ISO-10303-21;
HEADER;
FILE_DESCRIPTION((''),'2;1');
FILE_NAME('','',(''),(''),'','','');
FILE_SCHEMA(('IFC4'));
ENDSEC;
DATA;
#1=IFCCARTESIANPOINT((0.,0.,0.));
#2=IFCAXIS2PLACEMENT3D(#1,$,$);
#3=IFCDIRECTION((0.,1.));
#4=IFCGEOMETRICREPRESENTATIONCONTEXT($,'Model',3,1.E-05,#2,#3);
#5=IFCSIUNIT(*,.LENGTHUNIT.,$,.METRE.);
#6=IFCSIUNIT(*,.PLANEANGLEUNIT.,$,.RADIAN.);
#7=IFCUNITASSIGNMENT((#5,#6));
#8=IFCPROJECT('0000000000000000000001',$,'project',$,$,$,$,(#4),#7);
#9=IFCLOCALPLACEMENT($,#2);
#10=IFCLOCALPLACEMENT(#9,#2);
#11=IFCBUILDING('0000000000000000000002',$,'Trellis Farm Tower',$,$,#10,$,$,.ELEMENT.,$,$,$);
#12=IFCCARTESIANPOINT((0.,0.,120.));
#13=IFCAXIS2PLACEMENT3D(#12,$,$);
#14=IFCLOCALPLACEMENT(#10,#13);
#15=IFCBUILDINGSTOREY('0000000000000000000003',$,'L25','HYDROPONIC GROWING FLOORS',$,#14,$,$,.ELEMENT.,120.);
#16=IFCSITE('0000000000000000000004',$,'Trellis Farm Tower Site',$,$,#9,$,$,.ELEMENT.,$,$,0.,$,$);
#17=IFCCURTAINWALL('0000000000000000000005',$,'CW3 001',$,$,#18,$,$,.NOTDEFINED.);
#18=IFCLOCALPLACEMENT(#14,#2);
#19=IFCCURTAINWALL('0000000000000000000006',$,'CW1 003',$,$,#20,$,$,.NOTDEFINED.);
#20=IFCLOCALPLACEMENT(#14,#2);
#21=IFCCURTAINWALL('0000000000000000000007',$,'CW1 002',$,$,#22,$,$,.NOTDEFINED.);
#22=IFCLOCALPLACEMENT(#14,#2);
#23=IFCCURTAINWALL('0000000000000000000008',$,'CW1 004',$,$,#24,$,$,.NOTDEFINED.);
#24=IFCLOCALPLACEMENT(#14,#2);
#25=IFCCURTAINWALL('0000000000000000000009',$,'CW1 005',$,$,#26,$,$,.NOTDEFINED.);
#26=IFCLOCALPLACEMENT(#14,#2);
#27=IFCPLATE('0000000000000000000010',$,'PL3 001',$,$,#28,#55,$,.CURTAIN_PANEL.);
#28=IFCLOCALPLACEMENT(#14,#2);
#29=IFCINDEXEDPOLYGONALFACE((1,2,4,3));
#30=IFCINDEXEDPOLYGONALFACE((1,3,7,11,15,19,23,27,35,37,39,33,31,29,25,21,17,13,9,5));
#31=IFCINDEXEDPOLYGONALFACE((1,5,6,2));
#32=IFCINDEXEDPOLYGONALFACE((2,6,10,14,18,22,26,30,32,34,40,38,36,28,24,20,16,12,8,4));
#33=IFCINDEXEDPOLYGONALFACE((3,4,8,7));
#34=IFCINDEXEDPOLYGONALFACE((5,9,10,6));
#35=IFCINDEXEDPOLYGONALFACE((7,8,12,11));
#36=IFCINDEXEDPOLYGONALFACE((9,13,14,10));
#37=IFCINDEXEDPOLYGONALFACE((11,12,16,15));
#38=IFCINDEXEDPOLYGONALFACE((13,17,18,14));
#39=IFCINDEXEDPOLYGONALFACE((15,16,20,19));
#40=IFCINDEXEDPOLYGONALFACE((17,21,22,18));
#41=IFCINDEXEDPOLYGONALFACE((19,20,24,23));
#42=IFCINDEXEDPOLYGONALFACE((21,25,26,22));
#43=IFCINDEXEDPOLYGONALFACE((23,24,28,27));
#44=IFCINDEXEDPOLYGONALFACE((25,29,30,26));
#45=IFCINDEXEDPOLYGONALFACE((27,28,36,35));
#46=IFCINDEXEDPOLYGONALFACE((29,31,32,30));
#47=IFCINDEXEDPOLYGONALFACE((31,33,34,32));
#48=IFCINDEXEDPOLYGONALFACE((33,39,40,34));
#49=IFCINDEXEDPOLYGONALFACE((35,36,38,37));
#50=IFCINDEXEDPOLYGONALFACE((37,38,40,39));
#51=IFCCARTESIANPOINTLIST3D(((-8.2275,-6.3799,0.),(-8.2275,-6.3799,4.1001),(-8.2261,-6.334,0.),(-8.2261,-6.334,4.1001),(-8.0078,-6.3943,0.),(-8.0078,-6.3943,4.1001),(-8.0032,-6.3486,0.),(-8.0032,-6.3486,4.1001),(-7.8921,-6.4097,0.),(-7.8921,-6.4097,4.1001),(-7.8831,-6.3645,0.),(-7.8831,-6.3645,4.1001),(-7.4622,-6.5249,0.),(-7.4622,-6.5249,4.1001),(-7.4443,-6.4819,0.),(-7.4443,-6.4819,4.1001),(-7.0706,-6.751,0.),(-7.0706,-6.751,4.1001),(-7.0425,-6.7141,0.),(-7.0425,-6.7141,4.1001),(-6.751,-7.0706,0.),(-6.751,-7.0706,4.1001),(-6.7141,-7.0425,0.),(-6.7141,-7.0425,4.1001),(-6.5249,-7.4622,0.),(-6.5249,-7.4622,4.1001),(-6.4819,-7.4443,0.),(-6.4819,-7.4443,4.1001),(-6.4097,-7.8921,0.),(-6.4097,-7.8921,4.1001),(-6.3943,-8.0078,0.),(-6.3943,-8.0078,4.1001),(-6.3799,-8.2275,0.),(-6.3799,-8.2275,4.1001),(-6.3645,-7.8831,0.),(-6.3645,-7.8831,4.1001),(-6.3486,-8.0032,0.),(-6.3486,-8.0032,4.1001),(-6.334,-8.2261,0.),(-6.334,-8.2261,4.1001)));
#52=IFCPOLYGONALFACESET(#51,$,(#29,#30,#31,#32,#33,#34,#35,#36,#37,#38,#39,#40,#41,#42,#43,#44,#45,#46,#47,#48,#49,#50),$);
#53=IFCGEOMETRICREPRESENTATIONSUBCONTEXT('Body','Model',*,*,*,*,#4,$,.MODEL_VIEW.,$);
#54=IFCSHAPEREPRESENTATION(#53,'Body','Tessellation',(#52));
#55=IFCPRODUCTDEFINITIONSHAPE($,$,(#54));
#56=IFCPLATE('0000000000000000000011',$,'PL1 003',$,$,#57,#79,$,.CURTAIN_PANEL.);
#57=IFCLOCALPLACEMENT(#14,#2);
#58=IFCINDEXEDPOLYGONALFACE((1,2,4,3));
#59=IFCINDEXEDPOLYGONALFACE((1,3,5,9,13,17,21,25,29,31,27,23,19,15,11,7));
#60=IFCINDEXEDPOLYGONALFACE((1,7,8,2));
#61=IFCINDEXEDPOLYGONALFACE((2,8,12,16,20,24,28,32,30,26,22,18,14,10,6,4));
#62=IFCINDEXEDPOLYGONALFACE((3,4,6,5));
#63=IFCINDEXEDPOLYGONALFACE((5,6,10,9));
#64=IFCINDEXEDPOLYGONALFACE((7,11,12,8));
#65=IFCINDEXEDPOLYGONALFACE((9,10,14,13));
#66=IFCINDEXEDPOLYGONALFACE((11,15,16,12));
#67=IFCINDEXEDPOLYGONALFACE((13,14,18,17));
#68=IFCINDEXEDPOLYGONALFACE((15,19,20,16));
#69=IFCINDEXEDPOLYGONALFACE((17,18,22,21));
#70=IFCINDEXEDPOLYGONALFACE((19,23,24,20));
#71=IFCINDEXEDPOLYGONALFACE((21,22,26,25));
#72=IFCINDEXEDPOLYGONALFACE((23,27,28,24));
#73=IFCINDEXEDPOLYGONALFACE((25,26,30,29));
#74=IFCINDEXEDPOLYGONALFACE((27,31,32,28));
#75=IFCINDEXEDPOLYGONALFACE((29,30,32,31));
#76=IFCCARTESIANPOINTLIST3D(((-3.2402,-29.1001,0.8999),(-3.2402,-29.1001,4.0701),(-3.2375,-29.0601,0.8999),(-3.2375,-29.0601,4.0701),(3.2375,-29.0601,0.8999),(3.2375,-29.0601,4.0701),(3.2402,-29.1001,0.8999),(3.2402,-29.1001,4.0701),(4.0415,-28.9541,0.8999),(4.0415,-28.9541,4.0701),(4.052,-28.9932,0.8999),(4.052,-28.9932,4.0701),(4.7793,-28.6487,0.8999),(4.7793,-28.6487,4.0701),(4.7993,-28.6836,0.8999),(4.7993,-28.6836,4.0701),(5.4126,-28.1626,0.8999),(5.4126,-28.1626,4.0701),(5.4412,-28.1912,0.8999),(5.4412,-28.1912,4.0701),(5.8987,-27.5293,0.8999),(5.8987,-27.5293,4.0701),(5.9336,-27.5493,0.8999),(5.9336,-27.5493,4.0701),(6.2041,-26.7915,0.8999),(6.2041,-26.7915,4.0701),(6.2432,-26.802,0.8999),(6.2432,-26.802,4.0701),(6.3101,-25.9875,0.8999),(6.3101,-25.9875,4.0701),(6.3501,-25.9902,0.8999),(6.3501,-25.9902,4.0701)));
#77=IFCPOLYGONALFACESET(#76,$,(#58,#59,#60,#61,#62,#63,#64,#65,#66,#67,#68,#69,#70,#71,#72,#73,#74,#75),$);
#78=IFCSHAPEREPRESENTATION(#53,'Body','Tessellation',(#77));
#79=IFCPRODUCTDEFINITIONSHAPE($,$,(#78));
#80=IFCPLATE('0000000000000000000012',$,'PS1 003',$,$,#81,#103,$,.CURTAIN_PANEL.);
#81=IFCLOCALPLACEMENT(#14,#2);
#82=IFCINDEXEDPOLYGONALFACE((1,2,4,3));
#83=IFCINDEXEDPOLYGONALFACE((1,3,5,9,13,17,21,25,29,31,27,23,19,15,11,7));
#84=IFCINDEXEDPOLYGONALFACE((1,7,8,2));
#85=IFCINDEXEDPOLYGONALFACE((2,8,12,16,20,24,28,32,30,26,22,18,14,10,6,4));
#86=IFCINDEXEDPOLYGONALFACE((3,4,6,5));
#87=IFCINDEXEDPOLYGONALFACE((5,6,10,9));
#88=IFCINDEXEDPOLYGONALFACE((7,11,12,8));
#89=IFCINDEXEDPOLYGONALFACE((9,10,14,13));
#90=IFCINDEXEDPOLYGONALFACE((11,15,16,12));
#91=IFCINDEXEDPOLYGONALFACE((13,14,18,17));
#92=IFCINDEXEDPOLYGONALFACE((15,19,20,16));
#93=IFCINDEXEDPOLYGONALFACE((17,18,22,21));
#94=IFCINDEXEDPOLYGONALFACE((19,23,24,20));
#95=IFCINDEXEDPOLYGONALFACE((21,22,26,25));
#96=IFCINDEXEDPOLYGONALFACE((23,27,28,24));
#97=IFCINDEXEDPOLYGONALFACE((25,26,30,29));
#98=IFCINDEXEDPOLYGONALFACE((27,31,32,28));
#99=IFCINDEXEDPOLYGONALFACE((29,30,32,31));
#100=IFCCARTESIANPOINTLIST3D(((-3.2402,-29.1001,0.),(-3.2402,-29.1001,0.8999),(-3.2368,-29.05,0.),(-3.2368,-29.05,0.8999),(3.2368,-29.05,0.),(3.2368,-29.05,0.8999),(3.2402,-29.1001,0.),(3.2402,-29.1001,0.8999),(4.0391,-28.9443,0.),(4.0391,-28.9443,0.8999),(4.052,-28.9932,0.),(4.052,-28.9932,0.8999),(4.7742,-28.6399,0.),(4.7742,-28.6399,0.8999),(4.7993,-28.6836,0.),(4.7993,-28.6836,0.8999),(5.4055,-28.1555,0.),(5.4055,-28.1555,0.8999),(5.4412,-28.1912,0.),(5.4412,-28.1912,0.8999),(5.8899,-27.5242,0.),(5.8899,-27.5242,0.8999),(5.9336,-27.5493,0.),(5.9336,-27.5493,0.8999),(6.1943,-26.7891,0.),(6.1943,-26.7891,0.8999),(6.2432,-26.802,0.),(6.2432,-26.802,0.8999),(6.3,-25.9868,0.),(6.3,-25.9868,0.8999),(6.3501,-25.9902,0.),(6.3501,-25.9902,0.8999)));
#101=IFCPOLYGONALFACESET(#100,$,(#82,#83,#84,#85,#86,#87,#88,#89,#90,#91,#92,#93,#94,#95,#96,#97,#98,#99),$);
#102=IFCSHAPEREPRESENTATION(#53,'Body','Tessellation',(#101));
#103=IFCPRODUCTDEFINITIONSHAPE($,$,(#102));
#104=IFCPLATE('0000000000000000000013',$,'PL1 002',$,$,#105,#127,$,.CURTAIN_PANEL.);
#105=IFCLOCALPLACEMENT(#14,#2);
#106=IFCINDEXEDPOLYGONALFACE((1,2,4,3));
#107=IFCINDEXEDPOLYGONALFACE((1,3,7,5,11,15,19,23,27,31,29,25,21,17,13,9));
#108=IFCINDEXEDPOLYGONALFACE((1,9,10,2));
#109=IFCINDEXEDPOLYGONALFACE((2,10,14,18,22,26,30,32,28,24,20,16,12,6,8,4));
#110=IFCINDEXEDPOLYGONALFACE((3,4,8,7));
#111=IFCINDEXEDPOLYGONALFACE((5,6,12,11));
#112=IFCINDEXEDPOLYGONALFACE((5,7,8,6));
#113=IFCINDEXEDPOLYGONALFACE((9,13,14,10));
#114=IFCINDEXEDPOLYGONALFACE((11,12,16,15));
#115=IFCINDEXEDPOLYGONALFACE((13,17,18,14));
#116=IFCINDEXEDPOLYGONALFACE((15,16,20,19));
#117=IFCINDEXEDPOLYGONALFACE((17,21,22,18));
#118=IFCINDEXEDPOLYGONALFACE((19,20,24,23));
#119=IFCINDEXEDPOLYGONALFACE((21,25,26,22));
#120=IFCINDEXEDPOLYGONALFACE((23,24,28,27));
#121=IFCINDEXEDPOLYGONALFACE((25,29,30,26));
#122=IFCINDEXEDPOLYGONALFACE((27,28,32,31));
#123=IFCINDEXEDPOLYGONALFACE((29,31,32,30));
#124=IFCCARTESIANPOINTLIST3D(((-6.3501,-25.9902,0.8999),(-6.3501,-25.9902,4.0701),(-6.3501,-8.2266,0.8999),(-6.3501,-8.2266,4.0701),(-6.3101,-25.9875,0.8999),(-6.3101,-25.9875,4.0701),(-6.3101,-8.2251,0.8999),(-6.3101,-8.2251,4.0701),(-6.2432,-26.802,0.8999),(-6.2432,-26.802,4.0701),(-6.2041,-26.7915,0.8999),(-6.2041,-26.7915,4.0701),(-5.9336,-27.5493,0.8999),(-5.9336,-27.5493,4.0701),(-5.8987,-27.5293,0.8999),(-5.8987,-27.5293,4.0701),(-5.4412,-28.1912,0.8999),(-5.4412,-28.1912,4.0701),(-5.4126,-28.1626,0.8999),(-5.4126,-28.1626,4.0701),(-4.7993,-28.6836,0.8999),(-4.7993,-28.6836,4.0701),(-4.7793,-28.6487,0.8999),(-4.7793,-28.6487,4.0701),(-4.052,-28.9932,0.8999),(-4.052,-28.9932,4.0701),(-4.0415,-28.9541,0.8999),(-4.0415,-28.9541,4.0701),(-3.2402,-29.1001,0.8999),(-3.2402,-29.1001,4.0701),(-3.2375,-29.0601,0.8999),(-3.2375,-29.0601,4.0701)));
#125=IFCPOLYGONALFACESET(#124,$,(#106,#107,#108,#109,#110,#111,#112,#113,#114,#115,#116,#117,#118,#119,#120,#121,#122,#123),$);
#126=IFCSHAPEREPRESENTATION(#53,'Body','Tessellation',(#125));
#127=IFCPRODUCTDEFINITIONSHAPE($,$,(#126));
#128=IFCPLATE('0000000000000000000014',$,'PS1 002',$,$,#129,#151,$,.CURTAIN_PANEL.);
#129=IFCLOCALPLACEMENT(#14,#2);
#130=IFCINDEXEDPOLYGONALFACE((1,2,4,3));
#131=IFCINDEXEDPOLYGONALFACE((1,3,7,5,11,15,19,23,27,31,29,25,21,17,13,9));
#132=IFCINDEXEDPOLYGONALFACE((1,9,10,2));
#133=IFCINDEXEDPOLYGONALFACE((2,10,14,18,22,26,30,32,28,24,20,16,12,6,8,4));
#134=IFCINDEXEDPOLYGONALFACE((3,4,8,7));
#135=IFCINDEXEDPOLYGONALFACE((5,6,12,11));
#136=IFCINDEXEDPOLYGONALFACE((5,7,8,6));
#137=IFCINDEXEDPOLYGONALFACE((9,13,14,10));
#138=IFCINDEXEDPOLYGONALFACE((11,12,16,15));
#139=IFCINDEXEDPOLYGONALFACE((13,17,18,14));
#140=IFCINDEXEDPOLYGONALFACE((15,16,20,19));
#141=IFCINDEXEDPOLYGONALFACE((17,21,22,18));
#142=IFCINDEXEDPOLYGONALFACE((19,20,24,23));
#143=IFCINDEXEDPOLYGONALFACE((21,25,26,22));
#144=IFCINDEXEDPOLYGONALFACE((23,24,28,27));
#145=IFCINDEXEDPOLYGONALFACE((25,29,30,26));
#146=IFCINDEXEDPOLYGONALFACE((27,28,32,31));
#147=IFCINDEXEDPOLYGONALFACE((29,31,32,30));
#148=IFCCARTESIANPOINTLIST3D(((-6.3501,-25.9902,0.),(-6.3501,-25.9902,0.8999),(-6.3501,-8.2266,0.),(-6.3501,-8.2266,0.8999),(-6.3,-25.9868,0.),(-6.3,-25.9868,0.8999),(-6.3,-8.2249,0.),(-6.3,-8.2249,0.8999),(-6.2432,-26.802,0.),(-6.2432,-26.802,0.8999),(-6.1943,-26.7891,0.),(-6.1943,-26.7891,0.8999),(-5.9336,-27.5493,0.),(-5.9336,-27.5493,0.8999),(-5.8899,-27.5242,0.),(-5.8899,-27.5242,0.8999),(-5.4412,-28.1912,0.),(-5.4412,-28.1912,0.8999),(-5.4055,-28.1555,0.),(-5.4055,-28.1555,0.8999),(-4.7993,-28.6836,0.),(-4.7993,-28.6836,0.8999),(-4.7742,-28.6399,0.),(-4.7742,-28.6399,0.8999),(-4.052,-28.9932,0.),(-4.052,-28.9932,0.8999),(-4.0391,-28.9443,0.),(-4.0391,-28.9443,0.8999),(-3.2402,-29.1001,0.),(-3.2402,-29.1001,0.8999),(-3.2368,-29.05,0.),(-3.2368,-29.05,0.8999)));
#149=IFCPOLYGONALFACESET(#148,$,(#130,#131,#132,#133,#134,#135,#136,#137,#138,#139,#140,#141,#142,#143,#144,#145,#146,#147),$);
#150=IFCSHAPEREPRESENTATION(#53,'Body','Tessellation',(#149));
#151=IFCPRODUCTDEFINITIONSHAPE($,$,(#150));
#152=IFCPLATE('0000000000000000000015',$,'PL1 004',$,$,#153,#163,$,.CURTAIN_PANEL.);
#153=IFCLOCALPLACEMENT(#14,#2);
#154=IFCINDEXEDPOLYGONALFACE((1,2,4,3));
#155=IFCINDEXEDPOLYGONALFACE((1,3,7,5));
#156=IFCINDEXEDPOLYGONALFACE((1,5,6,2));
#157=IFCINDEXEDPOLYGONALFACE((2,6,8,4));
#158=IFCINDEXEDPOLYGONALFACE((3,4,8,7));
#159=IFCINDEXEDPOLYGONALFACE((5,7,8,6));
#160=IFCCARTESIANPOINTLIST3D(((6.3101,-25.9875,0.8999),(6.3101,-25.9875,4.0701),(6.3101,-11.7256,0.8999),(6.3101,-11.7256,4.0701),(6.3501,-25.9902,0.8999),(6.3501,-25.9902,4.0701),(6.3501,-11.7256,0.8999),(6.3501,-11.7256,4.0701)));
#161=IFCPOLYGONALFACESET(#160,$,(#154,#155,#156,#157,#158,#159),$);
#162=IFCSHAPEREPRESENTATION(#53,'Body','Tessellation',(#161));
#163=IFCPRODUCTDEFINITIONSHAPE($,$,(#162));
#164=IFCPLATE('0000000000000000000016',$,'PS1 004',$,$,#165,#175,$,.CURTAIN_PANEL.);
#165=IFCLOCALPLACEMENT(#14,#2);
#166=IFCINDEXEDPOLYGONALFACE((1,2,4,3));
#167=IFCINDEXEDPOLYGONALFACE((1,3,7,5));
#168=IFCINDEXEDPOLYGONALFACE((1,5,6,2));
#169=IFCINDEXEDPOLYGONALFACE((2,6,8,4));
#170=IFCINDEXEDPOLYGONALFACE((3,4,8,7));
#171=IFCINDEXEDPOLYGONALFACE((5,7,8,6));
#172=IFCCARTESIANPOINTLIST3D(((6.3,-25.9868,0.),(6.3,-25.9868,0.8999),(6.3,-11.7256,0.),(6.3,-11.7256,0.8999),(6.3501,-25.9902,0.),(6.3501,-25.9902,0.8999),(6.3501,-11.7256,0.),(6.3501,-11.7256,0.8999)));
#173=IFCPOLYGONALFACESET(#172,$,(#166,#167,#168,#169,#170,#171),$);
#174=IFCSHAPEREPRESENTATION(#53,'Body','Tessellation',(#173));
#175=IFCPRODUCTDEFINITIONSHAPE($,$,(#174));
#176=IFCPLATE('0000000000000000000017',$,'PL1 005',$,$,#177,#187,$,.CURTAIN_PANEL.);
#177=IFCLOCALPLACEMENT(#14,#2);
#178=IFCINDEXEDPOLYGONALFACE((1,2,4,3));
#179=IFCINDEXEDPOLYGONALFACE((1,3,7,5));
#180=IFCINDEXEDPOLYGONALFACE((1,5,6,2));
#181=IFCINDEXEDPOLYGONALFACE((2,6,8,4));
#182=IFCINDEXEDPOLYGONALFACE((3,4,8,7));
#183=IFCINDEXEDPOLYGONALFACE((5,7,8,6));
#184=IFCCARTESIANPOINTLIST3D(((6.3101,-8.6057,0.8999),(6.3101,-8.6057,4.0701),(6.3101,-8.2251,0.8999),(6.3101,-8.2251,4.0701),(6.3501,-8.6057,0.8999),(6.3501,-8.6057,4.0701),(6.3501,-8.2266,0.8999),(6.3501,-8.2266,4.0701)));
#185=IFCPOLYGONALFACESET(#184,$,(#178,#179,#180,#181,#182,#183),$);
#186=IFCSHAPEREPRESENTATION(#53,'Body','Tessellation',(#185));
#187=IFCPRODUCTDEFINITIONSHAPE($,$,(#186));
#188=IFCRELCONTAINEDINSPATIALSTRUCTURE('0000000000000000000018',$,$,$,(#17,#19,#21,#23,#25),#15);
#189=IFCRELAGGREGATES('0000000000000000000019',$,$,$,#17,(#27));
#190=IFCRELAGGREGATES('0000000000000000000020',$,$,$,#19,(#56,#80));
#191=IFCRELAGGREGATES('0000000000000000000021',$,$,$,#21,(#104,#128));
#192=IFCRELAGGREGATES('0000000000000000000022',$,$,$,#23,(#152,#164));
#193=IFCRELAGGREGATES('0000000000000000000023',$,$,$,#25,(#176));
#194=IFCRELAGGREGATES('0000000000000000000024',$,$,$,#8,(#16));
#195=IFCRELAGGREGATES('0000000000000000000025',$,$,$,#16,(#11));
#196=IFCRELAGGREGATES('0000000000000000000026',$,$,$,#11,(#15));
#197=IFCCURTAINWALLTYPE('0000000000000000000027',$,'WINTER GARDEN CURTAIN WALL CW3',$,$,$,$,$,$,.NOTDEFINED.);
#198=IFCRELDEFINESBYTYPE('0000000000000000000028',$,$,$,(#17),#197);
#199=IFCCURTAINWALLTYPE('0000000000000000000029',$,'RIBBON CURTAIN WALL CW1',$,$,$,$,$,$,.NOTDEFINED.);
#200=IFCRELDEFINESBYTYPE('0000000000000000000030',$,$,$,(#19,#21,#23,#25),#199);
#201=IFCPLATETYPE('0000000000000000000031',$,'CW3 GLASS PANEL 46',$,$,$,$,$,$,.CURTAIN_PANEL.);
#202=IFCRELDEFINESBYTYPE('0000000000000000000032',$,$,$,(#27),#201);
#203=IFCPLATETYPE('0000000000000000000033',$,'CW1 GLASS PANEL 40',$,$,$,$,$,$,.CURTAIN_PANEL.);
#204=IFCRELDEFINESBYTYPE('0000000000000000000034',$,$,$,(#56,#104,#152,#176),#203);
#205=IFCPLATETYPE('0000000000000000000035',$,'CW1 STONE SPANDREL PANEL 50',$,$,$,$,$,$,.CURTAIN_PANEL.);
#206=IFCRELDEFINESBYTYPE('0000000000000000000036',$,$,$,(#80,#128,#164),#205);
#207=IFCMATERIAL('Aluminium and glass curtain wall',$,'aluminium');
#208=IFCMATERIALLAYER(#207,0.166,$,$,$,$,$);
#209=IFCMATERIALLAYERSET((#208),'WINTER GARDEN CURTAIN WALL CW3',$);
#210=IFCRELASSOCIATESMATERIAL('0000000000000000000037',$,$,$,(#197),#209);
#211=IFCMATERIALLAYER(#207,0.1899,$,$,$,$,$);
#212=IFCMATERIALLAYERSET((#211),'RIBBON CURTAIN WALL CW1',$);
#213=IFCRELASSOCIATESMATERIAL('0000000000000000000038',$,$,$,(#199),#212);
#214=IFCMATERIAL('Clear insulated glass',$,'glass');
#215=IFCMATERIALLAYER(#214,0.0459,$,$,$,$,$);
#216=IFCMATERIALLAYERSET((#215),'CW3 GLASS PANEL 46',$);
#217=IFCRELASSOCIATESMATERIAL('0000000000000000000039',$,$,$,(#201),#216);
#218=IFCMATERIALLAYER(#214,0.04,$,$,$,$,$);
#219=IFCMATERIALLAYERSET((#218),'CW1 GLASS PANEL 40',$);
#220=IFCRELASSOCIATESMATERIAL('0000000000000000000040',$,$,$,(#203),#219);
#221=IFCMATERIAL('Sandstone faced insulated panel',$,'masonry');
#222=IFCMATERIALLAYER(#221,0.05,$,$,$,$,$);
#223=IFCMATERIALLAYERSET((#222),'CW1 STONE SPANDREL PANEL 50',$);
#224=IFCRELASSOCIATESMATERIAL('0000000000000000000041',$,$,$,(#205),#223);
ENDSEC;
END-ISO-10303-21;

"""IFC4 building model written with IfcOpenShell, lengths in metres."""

from ifc_helpers import new_model, si_unit, direction, frame, origin, place, context, subcontext, project, spatial, polyline, outline, extrude, source, transform, mapped, material, layer, layer_set, type_object, element, aggregate, save


model = new_model("IFC4")

# Units and contexts
model_context = context("Model", 3, precision=1e-05, world=origin(), true_north=direction((0.0, 1.0)))
body_context = subcontext(model_context, "Body", "Model", "MODEL_VIEW")
ifc_project = project(units=[si_unit("LENGTHUNIT", "METRE"), si_unit("PLANEANGLEUNIT", "RADIAN")], contexts=[model_context])

# Site, building, storey
site_placement = place(None, origin())
site = spatial("IfcSite", under=ifc_project, at=site_placement, Name="Trellis Farm Tower Site", CompositionType="ELEMENT", RefElevation=0.0)
building_placement = place(site_placement, origin())
building = spatial("IfcBuilding", under=site, at=building_placement, Name="Trellis Farm Tower", CompositionType="ELEMENT")
storey_placement = place(building_placement, frame((0.0, 0.0, 120.0)))
storey = spatial("IfcBuildingStorey", under=building, at=storey_placement, Name="L25", Description="HYDROPONIC GROWING FLOORS", CompositionType="ELEMENT", Elevation=120.0)

# Curtain walls
ifc_material_1 = material(Name="Aluminium and glass curtain wall", Category="aluminium")
ifc_layer_1 = layer(ifc_material_1, 0.166)
ifc_layer_set_1 = layer_set([ifc_layer_1], Name="WINTER GARDEN CURTAIN WALL CW3")
curtain_wall_type_1 = type_object("IfcCurtainWallType", Name="WINTER GARDEN CURTAIN WALL CW3", PredefinedType="NOTDEFINED", material=ifc_layer_set_1)
placement_1 = place(storey_placement, origin())
curtain_wall_1 = element("IfcCurtainWall", 1, at=placement_1, inside=storey, type_object=curtain_wall_type_1, Name="CW3 001", PredefinedType="NOTDEFINED")
ifc_layer_2 = layer(ifc_material_1, 0.1899)
ifc_layer_set_2 = layer_set([ifc_layer_2], Name="RIBBON CURTAIN WALL CW1")
curtain_wall_type_2 = type_object("IfcCurtainWallType", Name="RIBBON CURTAIN WALL CW1", PredefinedType="NOTDEFINED", material=ifc_layer_set_2)
curtain_wall_2 = element("IfcCurtainWall", 2, at=placement_1, inside=storey, type_object=curtain_wall_type_2, Name="CW1 003", PredefinedType="NOTDEFINED")
curtain_wall_3 = element("IfcCurtainWall", 3, at=placement_1, inside=storey, type_object=curtain_wall_type_2, Name="CW1 002", PredefinedType="NOTDEFINED")
curtain_wall_4 = element("IfcCurtainWall", 4, at=placement_1, inside=storey, type_object=curtain_wall_type_2, Name="CW1 004", PredefinedType="NOTDEFINED")
curtain_wall_5 = element("IfcCurtainWall", 5, at=placement_1, inside=storey, type_object=curtain_wall_type_2, Name="CW1 005", PredefinedType="NOTDEFINED")

# Plates
ifc_material_2 = material(Name="Clear insulated glass", Category="glass")
ifc_layer_3 = layer(ifc_material_2, 0.0459)
ifc_layer_set_3 = layer_set([ifc_layer_3], Name="CW3 GLASS PANEL 46")
plate_type_1 = type_object("IfcPlateType", Name="CW3 GLASS PANEL 46", PredefinedType="CURTAIN_PANEL", material=ifc_layer_set_3)
shared_shape_1 = source(origin(), body_context, "Body", "SweptSolid", [
    extrude(outline(polyline([(-8.2275, -6.3799), (-8.0078, -6.3943), (-7.8921, -6.4097), (-7.4622, -6.5249), (-7.0706, -6.751), (-6.751, -7.0706), (-6.5249, -7.4622), (-6.4097, -7.8921), (-6.3943, -8.0078), (-6.3799, -8.2275), (-6.334, -8.2261), (-6.3486, -8.0032), (-6.3645, -7.8831), (-6.4819, -7.4443), (-6.7141, -7.0425), (-7.0425, -6.7141), (-7.4443, -6.4819), (-7.8831, -6.3645), (-8.0032, -6.3486), (-8.2261, -6.334), (-8.2275, -6.3799)])), origin(), (0.0, 0.0, 1.0), 4.1001),
])
plate_1 = element("IfcPlate", 6, at=placement_1, type_object=plate_type_1, Name="PL3 001", PredefinedType="CURTAIN_PANEL", context=body_context, shape_type="MappedRepresentation", body=[
    mapped(shared_shape_1, transform((0.0, 0.0, 0.0))),
])
aggregate(curtain_wall_1, [plate_1])
ifc_layer_4 = layer(ifc_material_2, 0.04)
ifc_layer_set_4 = layer_set([ifc_layer_4], Name="CW1 GLASS PANEL 40")
plate_type_2 = type_object("IfcPlateType", Name="CW1 GLASS PANEL 40", PredefinedType="CURTAIN_PANEL", material=ifc_layer_set_4)
shared_shape_2 = source(origin(), body_context, "Body", "SweptSolid", [
    extrude(outline(polyline([(-3.2402, -29.1001), (3.2402, -29.1001), (4.052, -28.9932), (4.7993, -28.6836), (5.4412, -28.1912), (5.9336, -27.5493), (6.2432, -26.802), (6.3501, -25.9902), (6.3101, -25.9875), (6.2041, -26.7915), (5.8987, -27.5293), (5.4126, -28.1626), (4.7793, -28.6487), (4.0415, -28.9541), (3.2375, -29.0601), (-3.2375, -29.0601), (-3.2402, -29.1001)])), origin(), (0.0, 0.0, 1.0), 3.1702),
])
placement_2 = place(storey_placement, frame((0.0, 0.0, 0.8999)))
plate_2 = element("IfcPlate", 7, at=placement_2, type_object=plate_type_2, Name="PL1 003", PredefinedType="CURTAIN_PANEL", context=body_context, shape_type="MappedRepresentation", body=[
    mapped(shared_shape_2, transform((0.0, 0.0, 0.0))),
])
ifc_material_3 = material(Name="Sandstone faced insulated panel", Category="masonry")
ifc_layer_5 = layer(ifc_material_3, 0.05)
ifc_layer_set_5 = layer_set([ifc_layer_5], Name="CW1 STONE SPANDREL PANEL 50")
plate_type_3 = type_object("IfcPlateType", Name="CW1 STONE SPANDREL PANEL 50", PredefinedType="CURTAIN_PANEL", material=ifc_layer_set_5)
shared_shape_3 = source(origin(), body_context, "Body", "SweptSolid", [
    extrude(outline(polyline([(-3.2402, -29.1001), (3.2402, -29.1001), (4.052, -28.9932), (4.7993, -28.6836), (5.4412, -28.1912), (5.9336, -27.5493), (6.2432, -26.802), (6.3501, -25.9902), (6.3, -25.9868), (6.1943, -26.7891), (5.8899, -27.5242), (5.4055, -28.1555), (4.7742, -28.6399), (4.0391, -28.9443), (3.2368, -29.05), (-3.2368, -29.05), (-3.2402, -29.1001)])), origin(), (0.0, 0.0, 1.0), 0.8999),
])
plate_3 = element("IfcPlate", 8, at=placement_1, type_object=plate_type_3, Name="PS1 003", PredefinedType="CURTAIN_PANEL", context=body_context, shape_type="MappedRepresentation", body=[
    mapped(shared_shape_3, transform((0.0, 0.0, 0.0))),
])
aggregate(curtain_wall_2, [plate_2, plate_3])
shared_shape_4 = source(origin(), body_context, "Body", "SweptSolid", [
    extrude(outline(polyline([(-6.3501, -8.2266), (-6.3501, -25.9902), (-6.2432, -26.802), (-5.9336, -27.5493), (-5.4412, -28.1912), (-4.7993, -28.6836), (-4.052, -28.9932), (-3.2402, -29.1001), (-3.2375, -29.0601), (-4.0415, -28.9541), (-4.7793, -28.6487), (-5.4126, -28.1626), (-5.8987, -27.5293), (-6.2041, -26.7915), (-6.3101, -25.9875), (-6.3101, -8.2251), (-6.3501, -8.2266)])), origin(), (0.0, 0.0, 1.0), 3.1702),
])
plate_4 = element("IfcPlate", 9, at=placement_2, type_object=plate_type_2, Name="PL1 002", PredefinedType="CURTAIN_PANEL", context=body_context, shape_type="MappedRepresentation", body=[
    mapped(shared_shape_4, transform((0.0, 0.0, 0.0))),
])
shared_shape_5 = source(origin(), body_context, "Body", "SweptSolid", [
    extrude(outline(polyline([(-6.3501, -8.2266), (-6.3501, -25.9902), (-6.2432, -26.802), (-5.9336, -27.5493), (-5.4412, -28.1912), (-4.7993, -28.6836), (-4.052, -28.9932), (-3.2402, -29.1001), (-3.2368, -29.05), (-4.0391, -28.9443), (-4.7742, -28.6399), (-5.4055, -28.1555), (-5.8899, -27.5242), (-6.1943, -26.7891), (-6.3, -25.9868), (-6.3, -8.2249), (-6.3501, -8.2266)])), origin(), (0.0, 0.0, 1.0), 0.8999),
])
plate_5 = element("IfcPlate", 10, at=placement_1, type_object=plate_type_3, Name="PS1 002", PredefinedType="CURTAIN_PANEL", context=body_context, shape_type="MappedRepresentation", body=[
    mapped(shared_shape_5, transform((0.0, 0.0, 0.0))),
])
aggregate(curtain_wall_3, [plate_4, plate_5])
shared_shape_6 = source(origin(), body_context, "Body", "SweptSolid", [
    extrude(outline(polyline([(6.3501, -25.9902), (6.3501, -11.7256), (6.3101, -11.7256), (6.3101, -25.9875), (6.3501, -25.9902)])), origin(), (0.0, 0.0, 1.0), 3.1702),
])
plate_6 = element("IfcPlate", 11, at=placement_2, type_object=plate_type_2, Name="PL1 004", PredefinedType="CURTAIN_PANEL", context=body_context, shape_type="MappedRepresentation", body=[
    mapped(shared_shape_6, transform((0.0, 0.0, 0.0))),
])
shared_shape_7 = source(origin(), body_context, "Body", "SweptSolid", [
    extrude(outline(polyline([(6.3501, -25.9902), (6.3501, -11.7256), (6.3, -11.7256), (6.3, -25.9868), (6.3501, -25.9902)])), origin(), (0.0, 0.0, 1.0), 0.8999),
])
plate_7 = element("IfcPlate", 12, at=placement_1, type_object=plate_type_3, Name="PS1 004", PredefinedType="CURTAIN_PANEL", context=body_context, shape_type="MappedRepresentation", body=[
    mapped(shared_shape_7, transform((0.0, 0.0, 0.0))),
])
aggregate(curtain_wall_4, [plate_6, plate_7])
shared_shape_8 = source(origin(), body_context, "Body", "SweptSolid", [
    extrude(outline(polyline([(6.3501, -8.6057), (6.3501, -8.2266), (6.3101, -8.2251), (6.3101, -8.6057), (6.3501, -8.6057)])), origin(), (0.0, 0.0, 1.0), 3.1702),
])
plate_8 = element("IfcPlate", 13, at=placement_2, type_object=plate_type_2, Name="PL1 005", PredefinedType="CURTAIN_PANEL", context=body_context, shape_type="MappedRepresentation", body=[
    mapped(shared_shape_8, transform((0.0, 0.0, 0.0))),
])
aggregate(curtain_wall_5, [plate_8])

save(model, "model.ifc")
